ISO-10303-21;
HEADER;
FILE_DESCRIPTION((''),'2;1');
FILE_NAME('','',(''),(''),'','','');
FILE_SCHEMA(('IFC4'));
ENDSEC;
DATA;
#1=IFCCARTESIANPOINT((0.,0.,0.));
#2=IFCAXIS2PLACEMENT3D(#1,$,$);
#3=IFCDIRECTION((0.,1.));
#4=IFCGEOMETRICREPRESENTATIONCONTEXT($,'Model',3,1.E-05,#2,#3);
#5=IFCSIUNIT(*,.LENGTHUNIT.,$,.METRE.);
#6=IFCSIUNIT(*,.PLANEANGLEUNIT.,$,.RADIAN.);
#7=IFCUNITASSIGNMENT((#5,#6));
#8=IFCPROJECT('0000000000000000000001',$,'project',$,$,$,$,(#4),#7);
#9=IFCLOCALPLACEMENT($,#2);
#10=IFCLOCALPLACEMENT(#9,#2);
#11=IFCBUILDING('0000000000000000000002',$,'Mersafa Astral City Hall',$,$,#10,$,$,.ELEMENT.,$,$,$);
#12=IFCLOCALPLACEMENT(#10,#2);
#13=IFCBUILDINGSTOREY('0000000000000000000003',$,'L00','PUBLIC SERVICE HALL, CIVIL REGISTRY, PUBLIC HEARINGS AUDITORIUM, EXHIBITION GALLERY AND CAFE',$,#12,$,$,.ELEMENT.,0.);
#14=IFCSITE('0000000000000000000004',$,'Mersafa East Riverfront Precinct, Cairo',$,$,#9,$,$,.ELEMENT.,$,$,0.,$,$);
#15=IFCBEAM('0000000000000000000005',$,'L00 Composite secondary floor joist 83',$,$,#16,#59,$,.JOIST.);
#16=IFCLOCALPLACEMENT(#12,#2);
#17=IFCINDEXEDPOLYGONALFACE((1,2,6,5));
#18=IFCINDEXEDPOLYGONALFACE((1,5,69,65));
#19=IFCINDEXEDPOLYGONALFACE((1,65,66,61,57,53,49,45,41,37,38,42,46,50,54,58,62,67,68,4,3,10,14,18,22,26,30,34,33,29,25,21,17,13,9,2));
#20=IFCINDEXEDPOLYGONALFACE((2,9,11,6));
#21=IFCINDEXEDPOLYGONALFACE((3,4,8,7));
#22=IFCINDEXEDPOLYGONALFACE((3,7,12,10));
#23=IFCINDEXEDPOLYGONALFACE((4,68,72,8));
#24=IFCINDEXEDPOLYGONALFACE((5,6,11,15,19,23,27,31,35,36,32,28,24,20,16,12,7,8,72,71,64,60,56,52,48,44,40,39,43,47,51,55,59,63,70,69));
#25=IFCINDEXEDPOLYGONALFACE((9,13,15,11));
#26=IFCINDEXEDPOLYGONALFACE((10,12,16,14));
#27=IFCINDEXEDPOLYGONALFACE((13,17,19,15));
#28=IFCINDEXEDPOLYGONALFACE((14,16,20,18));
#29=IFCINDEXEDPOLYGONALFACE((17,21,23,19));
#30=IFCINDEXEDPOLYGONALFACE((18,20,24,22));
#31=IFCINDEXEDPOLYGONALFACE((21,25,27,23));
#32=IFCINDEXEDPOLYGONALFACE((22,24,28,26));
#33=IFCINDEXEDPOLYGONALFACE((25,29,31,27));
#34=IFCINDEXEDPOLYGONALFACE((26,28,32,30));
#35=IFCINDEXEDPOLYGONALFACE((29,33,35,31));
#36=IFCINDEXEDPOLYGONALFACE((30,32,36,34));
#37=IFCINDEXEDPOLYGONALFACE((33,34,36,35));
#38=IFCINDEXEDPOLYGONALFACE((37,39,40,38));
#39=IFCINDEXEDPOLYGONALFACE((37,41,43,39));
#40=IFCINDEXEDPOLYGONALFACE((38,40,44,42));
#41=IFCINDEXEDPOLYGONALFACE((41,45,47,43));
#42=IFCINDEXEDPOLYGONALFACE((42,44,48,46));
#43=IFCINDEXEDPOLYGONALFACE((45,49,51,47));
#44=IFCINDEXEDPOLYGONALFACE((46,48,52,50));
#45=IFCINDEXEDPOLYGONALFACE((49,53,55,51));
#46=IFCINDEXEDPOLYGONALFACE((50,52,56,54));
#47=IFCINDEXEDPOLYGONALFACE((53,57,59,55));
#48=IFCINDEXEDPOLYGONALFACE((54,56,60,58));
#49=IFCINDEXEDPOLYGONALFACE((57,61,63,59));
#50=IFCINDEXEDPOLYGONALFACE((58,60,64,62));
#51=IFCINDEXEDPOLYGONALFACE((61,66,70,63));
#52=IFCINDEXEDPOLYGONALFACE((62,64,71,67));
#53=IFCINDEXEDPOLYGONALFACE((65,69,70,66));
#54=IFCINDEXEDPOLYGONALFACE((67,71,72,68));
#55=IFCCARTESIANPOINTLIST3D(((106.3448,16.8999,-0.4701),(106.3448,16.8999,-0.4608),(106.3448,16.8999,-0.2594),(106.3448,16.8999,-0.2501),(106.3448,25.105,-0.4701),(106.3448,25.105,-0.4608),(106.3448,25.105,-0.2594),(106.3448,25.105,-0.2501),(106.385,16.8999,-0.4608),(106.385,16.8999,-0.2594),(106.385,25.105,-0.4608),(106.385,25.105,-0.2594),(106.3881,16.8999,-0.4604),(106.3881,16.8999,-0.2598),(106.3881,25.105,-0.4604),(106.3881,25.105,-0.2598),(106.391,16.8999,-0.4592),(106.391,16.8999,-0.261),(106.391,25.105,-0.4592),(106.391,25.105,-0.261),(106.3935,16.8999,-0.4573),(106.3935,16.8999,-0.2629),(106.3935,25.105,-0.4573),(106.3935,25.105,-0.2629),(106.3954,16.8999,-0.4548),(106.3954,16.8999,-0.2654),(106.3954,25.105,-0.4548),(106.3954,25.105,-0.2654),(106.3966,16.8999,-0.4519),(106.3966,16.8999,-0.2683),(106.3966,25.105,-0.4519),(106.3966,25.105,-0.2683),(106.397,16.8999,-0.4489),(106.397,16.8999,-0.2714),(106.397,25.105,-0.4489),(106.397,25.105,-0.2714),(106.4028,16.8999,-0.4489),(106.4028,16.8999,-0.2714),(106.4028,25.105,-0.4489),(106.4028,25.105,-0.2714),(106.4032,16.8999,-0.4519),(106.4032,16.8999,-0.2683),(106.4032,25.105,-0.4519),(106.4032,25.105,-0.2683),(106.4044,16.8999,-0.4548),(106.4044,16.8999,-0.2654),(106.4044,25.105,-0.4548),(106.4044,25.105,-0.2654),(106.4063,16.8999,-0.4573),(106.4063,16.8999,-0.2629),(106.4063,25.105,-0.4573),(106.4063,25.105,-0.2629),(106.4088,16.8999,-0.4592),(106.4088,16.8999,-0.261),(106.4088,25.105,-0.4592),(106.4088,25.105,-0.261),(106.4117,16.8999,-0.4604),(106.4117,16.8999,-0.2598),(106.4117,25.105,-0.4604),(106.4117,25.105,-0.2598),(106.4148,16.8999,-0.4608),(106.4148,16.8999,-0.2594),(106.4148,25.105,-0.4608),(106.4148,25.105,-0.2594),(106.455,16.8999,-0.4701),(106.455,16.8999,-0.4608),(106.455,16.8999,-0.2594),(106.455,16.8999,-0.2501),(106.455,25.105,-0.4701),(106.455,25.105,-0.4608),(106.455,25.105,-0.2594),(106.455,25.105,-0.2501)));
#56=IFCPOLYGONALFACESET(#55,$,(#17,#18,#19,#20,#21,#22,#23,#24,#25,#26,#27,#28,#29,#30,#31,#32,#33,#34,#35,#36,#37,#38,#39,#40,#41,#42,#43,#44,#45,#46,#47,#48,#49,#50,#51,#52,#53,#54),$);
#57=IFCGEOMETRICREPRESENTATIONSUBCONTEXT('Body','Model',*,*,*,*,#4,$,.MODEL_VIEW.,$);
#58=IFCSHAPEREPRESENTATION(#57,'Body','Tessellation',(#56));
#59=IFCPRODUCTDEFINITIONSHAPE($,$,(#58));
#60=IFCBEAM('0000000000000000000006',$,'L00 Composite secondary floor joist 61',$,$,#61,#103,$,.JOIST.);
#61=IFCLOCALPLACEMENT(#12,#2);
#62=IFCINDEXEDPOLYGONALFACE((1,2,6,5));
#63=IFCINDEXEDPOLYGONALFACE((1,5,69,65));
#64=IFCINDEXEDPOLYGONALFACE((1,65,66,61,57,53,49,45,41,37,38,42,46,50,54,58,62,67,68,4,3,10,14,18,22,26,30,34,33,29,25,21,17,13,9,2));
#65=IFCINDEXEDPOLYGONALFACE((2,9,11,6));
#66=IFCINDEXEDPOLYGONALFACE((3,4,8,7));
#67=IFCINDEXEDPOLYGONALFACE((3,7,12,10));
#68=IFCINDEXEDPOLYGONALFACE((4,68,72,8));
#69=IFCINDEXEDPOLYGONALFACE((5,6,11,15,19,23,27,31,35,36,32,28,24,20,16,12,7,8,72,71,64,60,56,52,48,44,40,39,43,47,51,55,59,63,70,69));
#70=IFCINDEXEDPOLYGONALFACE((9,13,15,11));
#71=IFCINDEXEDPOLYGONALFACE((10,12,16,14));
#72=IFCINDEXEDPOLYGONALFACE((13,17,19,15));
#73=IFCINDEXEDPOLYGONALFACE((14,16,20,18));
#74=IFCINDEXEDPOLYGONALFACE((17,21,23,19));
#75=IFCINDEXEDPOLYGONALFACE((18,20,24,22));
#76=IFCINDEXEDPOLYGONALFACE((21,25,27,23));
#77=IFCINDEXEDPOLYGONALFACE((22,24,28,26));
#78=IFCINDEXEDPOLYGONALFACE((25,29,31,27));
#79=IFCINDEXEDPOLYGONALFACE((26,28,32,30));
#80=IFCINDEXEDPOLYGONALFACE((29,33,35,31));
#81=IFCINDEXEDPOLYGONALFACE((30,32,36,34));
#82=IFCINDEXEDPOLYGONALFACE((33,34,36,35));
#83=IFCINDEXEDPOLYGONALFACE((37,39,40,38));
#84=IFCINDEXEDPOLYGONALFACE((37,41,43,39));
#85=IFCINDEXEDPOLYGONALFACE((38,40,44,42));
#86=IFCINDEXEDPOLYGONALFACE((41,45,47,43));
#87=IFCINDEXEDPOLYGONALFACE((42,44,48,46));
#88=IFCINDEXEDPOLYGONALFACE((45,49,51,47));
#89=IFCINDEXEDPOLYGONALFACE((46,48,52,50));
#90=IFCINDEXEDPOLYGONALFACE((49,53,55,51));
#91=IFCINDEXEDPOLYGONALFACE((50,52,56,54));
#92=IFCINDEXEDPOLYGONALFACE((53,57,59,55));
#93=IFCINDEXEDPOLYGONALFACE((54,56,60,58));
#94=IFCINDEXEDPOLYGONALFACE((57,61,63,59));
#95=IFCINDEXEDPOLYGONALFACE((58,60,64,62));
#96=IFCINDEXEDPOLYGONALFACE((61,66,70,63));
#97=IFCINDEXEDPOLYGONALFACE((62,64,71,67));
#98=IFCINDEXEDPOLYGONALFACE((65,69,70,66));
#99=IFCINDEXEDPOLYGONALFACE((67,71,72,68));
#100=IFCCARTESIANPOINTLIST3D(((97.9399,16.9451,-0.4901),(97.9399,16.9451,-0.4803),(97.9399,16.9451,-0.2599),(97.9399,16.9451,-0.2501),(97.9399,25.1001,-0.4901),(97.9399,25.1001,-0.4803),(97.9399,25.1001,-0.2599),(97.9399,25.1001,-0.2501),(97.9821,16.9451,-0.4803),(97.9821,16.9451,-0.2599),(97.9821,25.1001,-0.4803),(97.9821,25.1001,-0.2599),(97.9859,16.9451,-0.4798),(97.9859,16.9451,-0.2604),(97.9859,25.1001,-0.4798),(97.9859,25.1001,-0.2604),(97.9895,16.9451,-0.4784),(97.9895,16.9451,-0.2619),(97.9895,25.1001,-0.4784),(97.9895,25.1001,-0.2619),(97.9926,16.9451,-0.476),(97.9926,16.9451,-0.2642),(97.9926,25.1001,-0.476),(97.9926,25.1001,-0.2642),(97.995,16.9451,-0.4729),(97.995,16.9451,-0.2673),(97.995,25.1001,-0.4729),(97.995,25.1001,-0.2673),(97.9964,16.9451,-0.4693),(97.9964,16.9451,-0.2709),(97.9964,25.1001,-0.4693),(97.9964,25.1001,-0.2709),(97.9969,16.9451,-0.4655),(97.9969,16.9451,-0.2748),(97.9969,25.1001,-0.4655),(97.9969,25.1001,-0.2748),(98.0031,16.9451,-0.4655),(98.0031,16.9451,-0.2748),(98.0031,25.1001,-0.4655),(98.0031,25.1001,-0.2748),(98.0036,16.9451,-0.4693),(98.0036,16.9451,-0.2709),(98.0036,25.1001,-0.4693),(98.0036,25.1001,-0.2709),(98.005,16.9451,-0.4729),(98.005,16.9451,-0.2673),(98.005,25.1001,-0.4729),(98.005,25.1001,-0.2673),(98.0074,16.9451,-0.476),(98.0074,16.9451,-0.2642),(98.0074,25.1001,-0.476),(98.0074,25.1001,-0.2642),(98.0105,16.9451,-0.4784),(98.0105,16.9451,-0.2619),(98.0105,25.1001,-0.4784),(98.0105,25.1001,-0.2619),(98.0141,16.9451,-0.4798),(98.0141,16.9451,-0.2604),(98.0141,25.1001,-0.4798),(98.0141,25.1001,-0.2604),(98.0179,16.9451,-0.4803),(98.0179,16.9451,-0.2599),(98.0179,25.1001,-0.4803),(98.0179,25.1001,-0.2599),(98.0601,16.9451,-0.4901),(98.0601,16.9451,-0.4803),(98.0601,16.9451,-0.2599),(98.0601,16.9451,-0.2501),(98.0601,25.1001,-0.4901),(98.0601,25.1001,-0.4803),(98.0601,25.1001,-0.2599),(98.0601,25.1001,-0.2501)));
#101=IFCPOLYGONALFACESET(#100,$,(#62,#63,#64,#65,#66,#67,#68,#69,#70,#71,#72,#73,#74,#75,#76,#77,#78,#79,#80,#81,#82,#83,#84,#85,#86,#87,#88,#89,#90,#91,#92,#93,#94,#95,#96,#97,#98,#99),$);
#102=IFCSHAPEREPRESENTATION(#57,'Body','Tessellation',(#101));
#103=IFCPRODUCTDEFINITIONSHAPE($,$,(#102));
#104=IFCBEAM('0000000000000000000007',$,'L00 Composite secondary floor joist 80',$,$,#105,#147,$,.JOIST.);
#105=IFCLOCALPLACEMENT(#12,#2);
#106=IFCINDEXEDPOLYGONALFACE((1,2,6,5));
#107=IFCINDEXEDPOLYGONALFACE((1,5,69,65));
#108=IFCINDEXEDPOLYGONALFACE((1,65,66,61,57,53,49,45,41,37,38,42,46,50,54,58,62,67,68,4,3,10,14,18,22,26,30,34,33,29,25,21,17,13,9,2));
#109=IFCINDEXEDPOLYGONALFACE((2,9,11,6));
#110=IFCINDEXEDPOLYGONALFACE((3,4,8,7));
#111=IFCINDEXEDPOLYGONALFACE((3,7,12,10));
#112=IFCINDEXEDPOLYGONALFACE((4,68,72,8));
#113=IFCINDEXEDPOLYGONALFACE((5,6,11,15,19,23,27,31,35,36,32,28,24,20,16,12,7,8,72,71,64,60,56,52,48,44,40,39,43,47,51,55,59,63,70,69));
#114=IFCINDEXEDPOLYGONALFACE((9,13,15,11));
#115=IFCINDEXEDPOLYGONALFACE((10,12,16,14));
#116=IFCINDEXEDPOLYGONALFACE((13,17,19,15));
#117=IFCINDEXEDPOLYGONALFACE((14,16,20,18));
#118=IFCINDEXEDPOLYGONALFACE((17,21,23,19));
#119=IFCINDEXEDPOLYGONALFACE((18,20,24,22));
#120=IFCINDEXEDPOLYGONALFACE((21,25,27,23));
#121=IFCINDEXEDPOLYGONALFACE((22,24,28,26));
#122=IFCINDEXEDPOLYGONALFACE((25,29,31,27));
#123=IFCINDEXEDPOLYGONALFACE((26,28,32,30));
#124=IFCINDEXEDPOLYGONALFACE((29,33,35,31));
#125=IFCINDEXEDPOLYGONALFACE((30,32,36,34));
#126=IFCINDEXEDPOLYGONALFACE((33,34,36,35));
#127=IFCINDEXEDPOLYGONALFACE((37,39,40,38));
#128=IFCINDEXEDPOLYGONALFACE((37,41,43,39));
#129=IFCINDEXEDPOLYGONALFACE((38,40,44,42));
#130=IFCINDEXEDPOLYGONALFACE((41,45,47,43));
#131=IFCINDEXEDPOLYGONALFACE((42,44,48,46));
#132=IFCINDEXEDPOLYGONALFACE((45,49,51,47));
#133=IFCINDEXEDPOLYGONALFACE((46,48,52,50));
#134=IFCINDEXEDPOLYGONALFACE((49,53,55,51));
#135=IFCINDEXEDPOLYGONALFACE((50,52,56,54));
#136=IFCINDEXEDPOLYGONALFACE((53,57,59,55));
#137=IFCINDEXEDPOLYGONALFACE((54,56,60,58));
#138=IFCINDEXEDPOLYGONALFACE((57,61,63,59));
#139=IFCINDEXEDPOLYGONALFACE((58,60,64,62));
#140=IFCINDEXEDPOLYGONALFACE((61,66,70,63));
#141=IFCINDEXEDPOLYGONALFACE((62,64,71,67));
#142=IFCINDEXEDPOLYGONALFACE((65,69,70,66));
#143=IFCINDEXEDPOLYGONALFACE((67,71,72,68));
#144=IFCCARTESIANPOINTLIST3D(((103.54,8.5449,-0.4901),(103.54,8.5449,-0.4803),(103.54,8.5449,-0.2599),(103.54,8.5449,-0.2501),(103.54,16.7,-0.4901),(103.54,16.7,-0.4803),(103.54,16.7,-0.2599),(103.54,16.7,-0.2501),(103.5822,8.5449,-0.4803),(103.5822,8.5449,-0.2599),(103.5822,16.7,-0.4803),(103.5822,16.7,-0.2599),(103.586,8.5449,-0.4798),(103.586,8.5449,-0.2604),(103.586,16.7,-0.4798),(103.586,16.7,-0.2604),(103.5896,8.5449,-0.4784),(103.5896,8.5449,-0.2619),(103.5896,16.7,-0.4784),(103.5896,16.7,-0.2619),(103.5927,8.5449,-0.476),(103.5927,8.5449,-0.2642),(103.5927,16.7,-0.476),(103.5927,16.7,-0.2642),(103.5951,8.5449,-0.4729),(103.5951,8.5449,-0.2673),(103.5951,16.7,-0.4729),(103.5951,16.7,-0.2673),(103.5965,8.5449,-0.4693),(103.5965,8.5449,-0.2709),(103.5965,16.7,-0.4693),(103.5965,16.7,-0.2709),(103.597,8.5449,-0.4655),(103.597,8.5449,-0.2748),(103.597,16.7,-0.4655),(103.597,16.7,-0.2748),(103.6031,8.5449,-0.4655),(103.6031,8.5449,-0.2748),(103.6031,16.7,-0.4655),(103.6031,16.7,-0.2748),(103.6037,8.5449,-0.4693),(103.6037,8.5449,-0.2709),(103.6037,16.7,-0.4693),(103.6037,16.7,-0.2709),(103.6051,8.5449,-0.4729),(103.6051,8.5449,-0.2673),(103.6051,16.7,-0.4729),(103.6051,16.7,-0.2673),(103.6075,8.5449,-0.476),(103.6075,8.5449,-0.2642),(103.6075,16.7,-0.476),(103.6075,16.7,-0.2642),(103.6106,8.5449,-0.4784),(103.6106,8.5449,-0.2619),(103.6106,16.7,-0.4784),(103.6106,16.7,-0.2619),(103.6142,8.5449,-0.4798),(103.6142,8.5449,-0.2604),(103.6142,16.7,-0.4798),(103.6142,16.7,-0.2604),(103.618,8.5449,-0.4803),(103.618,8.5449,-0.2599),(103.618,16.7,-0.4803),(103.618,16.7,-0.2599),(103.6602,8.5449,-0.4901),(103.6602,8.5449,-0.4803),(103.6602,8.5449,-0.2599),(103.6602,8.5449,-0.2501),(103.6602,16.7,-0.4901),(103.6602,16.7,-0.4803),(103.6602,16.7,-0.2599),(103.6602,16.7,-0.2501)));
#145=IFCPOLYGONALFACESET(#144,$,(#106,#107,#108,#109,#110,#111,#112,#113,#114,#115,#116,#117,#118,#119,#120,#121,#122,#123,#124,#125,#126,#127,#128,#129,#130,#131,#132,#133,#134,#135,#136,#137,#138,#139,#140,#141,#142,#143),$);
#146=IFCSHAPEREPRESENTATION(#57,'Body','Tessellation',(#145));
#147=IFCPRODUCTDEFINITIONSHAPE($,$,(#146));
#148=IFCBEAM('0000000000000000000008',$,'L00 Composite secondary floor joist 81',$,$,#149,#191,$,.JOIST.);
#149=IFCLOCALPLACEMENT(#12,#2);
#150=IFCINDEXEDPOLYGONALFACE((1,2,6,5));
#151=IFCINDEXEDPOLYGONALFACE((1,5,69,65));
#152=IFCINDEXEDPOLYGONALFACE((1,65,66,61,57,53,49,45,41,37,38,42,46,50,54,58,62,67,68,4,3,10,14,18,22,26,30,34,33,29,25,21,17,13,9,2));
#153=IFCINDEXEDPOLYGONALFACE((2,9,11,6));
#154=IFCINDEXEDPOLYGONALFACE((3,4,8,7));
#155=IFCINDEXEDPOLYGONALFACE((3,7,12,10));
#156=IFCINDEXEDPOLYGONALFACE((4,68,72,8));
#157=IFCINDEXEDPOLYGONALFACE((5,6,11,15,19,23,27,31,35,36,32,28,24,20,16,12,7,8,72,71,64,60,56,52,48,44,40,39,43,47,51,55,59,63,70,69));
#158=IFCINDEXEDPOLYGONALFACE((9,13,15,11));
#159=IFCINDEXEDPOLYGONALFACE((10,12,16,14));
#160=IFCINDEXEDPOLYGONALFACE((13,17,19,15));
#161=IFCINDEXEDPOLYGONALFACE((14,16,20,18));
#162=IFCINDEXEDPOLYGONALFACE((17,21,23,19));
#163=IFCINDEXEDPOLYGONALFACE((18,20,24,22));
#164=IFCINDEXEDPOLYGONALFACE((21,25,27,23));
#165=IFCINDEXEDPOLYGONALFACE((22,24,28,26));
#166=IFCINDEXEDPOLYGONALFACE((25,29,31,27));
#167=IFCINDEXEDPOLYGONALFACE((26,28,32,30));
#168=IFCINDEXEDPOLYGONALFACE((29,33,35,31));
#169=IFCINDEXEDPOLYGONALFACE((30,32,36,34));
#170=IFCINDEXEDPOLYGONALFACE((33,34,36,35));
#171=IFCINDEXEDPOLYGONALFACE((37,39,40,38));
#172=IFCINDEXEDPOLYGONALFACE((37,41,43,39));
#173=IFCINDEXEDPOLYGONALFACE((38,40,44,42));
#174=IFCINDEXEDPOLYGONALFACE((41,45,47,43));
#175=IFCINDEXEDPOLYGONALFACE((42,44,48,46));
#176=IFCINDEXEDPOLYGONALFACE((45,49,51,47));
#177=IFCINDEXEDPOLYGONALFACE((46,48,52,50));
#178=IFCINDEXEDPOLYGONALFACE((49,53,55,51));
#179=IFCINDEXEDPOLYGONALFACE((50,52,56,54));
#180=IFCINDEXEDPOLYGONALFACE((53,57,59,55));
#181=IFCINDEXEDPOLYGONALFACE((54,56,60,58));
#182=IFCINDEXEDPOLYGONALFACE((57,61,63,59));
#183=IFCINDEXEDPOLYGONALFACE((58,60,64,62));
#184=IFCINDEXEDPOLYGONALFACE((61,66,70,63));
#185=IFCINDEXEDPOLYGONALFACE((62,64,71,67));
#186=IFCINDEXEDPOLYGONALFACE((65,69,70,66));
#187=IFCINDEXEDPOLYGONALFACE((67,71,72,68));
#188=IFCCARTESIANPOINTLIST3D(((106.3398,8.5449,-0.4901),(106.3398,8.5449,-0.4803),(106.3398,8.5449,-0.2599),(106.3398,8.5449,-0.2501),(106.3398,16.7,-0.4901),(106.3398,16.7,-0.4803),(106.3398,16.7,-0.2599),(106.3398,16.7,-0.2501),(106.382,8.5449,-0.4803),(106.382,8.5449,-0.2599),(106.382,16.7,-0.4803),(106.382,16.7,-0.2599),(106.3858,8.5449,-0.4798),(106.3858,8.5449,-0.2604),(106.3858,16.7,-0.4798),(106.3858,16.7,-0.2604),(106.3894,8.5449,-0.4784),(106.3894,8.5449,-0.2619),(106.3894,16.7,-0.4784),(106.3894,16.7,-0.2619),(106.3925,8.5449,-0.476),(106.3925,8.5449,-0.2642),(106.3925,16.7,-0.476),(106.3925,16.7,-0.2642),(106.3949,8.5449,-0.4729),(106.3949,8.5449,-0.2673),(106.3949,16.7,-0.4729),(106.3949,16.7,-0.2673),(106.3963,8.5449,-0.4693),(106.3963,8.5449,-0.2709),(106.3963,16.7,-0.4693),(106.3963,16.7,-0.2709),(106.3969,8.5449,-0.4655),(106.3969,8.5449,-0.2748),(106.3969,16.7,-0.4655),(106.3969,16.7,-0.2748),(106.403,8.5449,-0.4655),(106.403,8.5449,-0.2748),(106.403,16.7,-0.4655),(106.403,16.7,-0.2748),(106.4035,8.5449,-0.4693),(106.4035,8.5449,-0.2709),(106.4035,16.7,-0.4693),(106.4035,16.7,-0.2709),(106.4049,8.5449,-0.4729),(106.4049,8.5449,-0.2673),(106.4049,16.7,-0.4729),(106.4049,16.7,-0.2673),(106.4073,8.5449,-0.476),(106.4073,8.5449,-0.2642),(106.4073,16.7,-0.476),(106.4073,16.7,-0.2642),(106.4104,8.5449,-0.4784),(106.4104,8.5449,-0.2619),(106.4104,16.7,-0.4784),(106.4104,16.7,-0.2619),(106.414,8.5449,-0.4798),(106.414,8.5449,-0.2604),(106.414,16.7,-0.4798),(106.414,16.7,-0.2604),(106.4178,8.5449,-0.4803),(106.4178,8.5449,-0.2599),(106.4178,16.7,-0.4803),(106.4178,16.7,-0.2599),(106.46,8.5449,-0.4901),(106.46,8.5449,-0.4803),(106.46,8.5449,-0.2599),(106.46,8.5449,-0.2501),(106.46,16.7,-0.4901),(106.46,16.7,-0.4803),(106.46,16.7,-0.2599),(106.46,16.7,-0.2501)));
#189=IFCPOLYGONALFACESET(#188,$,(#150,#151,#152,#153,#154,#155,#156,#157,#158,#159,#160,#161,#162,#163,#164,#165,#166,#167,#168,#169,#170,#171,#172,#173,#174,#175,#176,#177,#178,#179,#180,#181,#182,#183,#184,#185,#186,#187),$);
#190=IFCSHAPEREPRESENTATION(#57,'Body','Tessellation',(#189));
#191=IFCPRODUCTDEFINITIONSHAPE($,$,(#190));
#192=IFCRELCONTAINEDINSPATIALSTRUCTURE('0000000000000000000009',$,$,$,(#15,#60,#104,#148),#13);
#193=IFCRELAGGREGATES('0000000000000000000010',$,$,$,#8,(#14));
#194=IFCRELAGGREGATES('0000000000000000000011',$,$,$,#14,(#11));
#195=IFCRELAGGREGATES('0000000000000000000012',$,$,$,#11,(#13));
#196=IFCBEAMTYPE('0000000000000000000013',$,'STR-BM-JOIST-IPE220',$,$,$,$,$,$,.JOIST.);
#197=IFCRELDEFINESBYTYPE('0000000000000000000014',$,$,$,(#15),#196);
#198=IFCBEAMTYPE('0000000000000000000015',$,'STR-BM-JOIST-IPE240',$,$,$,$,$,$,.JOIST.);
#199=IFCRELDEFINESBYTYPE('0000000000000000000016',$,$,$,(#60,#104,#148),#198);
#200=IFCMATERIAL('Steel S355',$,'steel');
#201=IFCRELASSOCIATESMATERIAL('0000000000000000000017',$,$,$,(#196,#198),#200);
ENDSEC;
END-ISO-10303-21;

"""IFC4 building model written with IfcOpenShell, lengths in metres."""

from ifc_helpers import new_model, si_unit, direction, frame, origin, origin_2d, place, context, subcontext, project, spatial, i_section, extrude, material, material_profile, profile_set, type_object, element, save


model = new_model("IFC4")

# Units and contexts
model_context = context("Model", 3, precision=1e-05, world=origin(), true_north=direction((0.0, 1.0)))
body_context = subcontext(model_context, "Body", "Model", "MODEL_VIEW")
ifc_project = project(units=[si_unit("LENGTHUNIT", "METRE"), si_unit("PLANEANGLEUNIT", "RADIAN")], contexts=[model_context])

# Site, building, storey
site_placement = place(None, origin())
site = spatial("IfcSite", under=ifc_project, at=site_placement, Name="Mersafa East Riverfront Precinct, Cairo", CompositionType="ELEMENT", RefElevation=0.0)
building_placement = place(site_placement, origin())
building = spatial("IfcBuilding", under=site, at=building_placement, Name="Mersafa Astral City Hall", CompositionType="ELEMENT")
storey_placement = place(building_placement, origin())
storey = spatial("IfcBuildingStorey", under=building, at=storey_placement, Name="L00", Description="PUBLIC SERVICE HALL, CIVIL REGISTRY, PUBLIC HEARINGS AUDITORIUM, EXHIBITION GALLERY AND CAFE", CompositionType="ELEMENT", Elevation=0.0)

# Shared definitions
ifc_material_1 = material(Name="Steel S355", Category="steel")

# Beams
ifc_material_profile_1 = material_profile(ifc_material_1, i_section(OverallWidth=0.1101, OverallDepth=0.22, WebThickness=0.0059, FlangeThickness=0.0093, FilletRadius=0.012, at=origin_2d()), Name="IPE 220")
ifc_profile_set_1 = profile_set([ifc_material_profile_1], Name="Steel S355")
beam_type_1 = type_object("IfcBeamType", Name="STR-BM-JOIST-IPE220", PredefinedType="JOIST", material=ifc_profile_set_1)
for number, where, z_axis, x_axis, name in (
    (1, (106.3999, 16.8999, -0.3601), (0.0, 1.0, 0.0), (-1.0, 0.0, 0.0), "L00 Composite secondary floor joist 83"),
):
    element("IfcBeam", number, at=place(storey_placement, frame(where, z_axis=z_axis, x_axis=x_axis)), inside=storey, type_object=beam_type_1, Name=name, PredefinedType="JOIST", context=body_context, shape_type="SweptSolid", body=[
        extrude(i_section(OverallWidth=0.1101, OverallDepth=0.22, WebThickness=0.0059, FlangeThickness=0.0093, FilletRadius=0.012, at=origin_2d()), origin(), (0.0, 0.0, 1.0), 8.2051),
    ])
ifc_material_profile_2 = material_profile(ifc_material_1, i_section(OverallWidth=0.1201, OverallDepth=0.24, WebThickness=0.0061, FlangeThickness=0.0098, FilletRadius=0.0149, at=origin_2d()), Name="IPE 240")
ifc_profile_set_2 = profile_set([ifc_material_profile_2], Name="Steel S355")
beam_type_2 = type_object("IfcBeamType", Name="STR-BM-JOIST-IPE240", PredefinedType="JOIST", material=ifc_profile_set_2)
for number, where, z_axis, x_axis, name in (
    (2, (98.0, 16.9451, -0.3701), (0.0, 1.0, 0.0), (-1.0, 0.0, 0.0), "L00 Composite secondary floor joist 61"),
    (3, (103.6001, 8.5449, -0.3701), (0.0, 1.0, 0.0), (-1.0, 0.0, 0.0), "L00 Composite secondary floor joist 80"),
    (4, (106.3999, 8.5449, -0.3701), (0.0, 1.0, 0.0), (-1.0, 0.0, 0.0), "L00 Composite secondary floor joist 81"),
):
    element("IfcBeam", number, at=place(storey_placement, frame(where, z_axis=z_axis, x_axis=x_axis)), inside=storey, type_object=beam_type_2, Name=name, PredefinedType="JOIST", context=body_context, shape_type="SweptSolid", body=[
        extrude(i_section(OverallWidth=0.1201, OverallDepth=0.24, WebThickness=0.0061, FlangeThickness=0.0098, FilletRadius=0.0149, at=origin_2d()), origin(), (0.0, 0.0, 1.0), 8.155),
    ])

save(model, "model.ifc")
